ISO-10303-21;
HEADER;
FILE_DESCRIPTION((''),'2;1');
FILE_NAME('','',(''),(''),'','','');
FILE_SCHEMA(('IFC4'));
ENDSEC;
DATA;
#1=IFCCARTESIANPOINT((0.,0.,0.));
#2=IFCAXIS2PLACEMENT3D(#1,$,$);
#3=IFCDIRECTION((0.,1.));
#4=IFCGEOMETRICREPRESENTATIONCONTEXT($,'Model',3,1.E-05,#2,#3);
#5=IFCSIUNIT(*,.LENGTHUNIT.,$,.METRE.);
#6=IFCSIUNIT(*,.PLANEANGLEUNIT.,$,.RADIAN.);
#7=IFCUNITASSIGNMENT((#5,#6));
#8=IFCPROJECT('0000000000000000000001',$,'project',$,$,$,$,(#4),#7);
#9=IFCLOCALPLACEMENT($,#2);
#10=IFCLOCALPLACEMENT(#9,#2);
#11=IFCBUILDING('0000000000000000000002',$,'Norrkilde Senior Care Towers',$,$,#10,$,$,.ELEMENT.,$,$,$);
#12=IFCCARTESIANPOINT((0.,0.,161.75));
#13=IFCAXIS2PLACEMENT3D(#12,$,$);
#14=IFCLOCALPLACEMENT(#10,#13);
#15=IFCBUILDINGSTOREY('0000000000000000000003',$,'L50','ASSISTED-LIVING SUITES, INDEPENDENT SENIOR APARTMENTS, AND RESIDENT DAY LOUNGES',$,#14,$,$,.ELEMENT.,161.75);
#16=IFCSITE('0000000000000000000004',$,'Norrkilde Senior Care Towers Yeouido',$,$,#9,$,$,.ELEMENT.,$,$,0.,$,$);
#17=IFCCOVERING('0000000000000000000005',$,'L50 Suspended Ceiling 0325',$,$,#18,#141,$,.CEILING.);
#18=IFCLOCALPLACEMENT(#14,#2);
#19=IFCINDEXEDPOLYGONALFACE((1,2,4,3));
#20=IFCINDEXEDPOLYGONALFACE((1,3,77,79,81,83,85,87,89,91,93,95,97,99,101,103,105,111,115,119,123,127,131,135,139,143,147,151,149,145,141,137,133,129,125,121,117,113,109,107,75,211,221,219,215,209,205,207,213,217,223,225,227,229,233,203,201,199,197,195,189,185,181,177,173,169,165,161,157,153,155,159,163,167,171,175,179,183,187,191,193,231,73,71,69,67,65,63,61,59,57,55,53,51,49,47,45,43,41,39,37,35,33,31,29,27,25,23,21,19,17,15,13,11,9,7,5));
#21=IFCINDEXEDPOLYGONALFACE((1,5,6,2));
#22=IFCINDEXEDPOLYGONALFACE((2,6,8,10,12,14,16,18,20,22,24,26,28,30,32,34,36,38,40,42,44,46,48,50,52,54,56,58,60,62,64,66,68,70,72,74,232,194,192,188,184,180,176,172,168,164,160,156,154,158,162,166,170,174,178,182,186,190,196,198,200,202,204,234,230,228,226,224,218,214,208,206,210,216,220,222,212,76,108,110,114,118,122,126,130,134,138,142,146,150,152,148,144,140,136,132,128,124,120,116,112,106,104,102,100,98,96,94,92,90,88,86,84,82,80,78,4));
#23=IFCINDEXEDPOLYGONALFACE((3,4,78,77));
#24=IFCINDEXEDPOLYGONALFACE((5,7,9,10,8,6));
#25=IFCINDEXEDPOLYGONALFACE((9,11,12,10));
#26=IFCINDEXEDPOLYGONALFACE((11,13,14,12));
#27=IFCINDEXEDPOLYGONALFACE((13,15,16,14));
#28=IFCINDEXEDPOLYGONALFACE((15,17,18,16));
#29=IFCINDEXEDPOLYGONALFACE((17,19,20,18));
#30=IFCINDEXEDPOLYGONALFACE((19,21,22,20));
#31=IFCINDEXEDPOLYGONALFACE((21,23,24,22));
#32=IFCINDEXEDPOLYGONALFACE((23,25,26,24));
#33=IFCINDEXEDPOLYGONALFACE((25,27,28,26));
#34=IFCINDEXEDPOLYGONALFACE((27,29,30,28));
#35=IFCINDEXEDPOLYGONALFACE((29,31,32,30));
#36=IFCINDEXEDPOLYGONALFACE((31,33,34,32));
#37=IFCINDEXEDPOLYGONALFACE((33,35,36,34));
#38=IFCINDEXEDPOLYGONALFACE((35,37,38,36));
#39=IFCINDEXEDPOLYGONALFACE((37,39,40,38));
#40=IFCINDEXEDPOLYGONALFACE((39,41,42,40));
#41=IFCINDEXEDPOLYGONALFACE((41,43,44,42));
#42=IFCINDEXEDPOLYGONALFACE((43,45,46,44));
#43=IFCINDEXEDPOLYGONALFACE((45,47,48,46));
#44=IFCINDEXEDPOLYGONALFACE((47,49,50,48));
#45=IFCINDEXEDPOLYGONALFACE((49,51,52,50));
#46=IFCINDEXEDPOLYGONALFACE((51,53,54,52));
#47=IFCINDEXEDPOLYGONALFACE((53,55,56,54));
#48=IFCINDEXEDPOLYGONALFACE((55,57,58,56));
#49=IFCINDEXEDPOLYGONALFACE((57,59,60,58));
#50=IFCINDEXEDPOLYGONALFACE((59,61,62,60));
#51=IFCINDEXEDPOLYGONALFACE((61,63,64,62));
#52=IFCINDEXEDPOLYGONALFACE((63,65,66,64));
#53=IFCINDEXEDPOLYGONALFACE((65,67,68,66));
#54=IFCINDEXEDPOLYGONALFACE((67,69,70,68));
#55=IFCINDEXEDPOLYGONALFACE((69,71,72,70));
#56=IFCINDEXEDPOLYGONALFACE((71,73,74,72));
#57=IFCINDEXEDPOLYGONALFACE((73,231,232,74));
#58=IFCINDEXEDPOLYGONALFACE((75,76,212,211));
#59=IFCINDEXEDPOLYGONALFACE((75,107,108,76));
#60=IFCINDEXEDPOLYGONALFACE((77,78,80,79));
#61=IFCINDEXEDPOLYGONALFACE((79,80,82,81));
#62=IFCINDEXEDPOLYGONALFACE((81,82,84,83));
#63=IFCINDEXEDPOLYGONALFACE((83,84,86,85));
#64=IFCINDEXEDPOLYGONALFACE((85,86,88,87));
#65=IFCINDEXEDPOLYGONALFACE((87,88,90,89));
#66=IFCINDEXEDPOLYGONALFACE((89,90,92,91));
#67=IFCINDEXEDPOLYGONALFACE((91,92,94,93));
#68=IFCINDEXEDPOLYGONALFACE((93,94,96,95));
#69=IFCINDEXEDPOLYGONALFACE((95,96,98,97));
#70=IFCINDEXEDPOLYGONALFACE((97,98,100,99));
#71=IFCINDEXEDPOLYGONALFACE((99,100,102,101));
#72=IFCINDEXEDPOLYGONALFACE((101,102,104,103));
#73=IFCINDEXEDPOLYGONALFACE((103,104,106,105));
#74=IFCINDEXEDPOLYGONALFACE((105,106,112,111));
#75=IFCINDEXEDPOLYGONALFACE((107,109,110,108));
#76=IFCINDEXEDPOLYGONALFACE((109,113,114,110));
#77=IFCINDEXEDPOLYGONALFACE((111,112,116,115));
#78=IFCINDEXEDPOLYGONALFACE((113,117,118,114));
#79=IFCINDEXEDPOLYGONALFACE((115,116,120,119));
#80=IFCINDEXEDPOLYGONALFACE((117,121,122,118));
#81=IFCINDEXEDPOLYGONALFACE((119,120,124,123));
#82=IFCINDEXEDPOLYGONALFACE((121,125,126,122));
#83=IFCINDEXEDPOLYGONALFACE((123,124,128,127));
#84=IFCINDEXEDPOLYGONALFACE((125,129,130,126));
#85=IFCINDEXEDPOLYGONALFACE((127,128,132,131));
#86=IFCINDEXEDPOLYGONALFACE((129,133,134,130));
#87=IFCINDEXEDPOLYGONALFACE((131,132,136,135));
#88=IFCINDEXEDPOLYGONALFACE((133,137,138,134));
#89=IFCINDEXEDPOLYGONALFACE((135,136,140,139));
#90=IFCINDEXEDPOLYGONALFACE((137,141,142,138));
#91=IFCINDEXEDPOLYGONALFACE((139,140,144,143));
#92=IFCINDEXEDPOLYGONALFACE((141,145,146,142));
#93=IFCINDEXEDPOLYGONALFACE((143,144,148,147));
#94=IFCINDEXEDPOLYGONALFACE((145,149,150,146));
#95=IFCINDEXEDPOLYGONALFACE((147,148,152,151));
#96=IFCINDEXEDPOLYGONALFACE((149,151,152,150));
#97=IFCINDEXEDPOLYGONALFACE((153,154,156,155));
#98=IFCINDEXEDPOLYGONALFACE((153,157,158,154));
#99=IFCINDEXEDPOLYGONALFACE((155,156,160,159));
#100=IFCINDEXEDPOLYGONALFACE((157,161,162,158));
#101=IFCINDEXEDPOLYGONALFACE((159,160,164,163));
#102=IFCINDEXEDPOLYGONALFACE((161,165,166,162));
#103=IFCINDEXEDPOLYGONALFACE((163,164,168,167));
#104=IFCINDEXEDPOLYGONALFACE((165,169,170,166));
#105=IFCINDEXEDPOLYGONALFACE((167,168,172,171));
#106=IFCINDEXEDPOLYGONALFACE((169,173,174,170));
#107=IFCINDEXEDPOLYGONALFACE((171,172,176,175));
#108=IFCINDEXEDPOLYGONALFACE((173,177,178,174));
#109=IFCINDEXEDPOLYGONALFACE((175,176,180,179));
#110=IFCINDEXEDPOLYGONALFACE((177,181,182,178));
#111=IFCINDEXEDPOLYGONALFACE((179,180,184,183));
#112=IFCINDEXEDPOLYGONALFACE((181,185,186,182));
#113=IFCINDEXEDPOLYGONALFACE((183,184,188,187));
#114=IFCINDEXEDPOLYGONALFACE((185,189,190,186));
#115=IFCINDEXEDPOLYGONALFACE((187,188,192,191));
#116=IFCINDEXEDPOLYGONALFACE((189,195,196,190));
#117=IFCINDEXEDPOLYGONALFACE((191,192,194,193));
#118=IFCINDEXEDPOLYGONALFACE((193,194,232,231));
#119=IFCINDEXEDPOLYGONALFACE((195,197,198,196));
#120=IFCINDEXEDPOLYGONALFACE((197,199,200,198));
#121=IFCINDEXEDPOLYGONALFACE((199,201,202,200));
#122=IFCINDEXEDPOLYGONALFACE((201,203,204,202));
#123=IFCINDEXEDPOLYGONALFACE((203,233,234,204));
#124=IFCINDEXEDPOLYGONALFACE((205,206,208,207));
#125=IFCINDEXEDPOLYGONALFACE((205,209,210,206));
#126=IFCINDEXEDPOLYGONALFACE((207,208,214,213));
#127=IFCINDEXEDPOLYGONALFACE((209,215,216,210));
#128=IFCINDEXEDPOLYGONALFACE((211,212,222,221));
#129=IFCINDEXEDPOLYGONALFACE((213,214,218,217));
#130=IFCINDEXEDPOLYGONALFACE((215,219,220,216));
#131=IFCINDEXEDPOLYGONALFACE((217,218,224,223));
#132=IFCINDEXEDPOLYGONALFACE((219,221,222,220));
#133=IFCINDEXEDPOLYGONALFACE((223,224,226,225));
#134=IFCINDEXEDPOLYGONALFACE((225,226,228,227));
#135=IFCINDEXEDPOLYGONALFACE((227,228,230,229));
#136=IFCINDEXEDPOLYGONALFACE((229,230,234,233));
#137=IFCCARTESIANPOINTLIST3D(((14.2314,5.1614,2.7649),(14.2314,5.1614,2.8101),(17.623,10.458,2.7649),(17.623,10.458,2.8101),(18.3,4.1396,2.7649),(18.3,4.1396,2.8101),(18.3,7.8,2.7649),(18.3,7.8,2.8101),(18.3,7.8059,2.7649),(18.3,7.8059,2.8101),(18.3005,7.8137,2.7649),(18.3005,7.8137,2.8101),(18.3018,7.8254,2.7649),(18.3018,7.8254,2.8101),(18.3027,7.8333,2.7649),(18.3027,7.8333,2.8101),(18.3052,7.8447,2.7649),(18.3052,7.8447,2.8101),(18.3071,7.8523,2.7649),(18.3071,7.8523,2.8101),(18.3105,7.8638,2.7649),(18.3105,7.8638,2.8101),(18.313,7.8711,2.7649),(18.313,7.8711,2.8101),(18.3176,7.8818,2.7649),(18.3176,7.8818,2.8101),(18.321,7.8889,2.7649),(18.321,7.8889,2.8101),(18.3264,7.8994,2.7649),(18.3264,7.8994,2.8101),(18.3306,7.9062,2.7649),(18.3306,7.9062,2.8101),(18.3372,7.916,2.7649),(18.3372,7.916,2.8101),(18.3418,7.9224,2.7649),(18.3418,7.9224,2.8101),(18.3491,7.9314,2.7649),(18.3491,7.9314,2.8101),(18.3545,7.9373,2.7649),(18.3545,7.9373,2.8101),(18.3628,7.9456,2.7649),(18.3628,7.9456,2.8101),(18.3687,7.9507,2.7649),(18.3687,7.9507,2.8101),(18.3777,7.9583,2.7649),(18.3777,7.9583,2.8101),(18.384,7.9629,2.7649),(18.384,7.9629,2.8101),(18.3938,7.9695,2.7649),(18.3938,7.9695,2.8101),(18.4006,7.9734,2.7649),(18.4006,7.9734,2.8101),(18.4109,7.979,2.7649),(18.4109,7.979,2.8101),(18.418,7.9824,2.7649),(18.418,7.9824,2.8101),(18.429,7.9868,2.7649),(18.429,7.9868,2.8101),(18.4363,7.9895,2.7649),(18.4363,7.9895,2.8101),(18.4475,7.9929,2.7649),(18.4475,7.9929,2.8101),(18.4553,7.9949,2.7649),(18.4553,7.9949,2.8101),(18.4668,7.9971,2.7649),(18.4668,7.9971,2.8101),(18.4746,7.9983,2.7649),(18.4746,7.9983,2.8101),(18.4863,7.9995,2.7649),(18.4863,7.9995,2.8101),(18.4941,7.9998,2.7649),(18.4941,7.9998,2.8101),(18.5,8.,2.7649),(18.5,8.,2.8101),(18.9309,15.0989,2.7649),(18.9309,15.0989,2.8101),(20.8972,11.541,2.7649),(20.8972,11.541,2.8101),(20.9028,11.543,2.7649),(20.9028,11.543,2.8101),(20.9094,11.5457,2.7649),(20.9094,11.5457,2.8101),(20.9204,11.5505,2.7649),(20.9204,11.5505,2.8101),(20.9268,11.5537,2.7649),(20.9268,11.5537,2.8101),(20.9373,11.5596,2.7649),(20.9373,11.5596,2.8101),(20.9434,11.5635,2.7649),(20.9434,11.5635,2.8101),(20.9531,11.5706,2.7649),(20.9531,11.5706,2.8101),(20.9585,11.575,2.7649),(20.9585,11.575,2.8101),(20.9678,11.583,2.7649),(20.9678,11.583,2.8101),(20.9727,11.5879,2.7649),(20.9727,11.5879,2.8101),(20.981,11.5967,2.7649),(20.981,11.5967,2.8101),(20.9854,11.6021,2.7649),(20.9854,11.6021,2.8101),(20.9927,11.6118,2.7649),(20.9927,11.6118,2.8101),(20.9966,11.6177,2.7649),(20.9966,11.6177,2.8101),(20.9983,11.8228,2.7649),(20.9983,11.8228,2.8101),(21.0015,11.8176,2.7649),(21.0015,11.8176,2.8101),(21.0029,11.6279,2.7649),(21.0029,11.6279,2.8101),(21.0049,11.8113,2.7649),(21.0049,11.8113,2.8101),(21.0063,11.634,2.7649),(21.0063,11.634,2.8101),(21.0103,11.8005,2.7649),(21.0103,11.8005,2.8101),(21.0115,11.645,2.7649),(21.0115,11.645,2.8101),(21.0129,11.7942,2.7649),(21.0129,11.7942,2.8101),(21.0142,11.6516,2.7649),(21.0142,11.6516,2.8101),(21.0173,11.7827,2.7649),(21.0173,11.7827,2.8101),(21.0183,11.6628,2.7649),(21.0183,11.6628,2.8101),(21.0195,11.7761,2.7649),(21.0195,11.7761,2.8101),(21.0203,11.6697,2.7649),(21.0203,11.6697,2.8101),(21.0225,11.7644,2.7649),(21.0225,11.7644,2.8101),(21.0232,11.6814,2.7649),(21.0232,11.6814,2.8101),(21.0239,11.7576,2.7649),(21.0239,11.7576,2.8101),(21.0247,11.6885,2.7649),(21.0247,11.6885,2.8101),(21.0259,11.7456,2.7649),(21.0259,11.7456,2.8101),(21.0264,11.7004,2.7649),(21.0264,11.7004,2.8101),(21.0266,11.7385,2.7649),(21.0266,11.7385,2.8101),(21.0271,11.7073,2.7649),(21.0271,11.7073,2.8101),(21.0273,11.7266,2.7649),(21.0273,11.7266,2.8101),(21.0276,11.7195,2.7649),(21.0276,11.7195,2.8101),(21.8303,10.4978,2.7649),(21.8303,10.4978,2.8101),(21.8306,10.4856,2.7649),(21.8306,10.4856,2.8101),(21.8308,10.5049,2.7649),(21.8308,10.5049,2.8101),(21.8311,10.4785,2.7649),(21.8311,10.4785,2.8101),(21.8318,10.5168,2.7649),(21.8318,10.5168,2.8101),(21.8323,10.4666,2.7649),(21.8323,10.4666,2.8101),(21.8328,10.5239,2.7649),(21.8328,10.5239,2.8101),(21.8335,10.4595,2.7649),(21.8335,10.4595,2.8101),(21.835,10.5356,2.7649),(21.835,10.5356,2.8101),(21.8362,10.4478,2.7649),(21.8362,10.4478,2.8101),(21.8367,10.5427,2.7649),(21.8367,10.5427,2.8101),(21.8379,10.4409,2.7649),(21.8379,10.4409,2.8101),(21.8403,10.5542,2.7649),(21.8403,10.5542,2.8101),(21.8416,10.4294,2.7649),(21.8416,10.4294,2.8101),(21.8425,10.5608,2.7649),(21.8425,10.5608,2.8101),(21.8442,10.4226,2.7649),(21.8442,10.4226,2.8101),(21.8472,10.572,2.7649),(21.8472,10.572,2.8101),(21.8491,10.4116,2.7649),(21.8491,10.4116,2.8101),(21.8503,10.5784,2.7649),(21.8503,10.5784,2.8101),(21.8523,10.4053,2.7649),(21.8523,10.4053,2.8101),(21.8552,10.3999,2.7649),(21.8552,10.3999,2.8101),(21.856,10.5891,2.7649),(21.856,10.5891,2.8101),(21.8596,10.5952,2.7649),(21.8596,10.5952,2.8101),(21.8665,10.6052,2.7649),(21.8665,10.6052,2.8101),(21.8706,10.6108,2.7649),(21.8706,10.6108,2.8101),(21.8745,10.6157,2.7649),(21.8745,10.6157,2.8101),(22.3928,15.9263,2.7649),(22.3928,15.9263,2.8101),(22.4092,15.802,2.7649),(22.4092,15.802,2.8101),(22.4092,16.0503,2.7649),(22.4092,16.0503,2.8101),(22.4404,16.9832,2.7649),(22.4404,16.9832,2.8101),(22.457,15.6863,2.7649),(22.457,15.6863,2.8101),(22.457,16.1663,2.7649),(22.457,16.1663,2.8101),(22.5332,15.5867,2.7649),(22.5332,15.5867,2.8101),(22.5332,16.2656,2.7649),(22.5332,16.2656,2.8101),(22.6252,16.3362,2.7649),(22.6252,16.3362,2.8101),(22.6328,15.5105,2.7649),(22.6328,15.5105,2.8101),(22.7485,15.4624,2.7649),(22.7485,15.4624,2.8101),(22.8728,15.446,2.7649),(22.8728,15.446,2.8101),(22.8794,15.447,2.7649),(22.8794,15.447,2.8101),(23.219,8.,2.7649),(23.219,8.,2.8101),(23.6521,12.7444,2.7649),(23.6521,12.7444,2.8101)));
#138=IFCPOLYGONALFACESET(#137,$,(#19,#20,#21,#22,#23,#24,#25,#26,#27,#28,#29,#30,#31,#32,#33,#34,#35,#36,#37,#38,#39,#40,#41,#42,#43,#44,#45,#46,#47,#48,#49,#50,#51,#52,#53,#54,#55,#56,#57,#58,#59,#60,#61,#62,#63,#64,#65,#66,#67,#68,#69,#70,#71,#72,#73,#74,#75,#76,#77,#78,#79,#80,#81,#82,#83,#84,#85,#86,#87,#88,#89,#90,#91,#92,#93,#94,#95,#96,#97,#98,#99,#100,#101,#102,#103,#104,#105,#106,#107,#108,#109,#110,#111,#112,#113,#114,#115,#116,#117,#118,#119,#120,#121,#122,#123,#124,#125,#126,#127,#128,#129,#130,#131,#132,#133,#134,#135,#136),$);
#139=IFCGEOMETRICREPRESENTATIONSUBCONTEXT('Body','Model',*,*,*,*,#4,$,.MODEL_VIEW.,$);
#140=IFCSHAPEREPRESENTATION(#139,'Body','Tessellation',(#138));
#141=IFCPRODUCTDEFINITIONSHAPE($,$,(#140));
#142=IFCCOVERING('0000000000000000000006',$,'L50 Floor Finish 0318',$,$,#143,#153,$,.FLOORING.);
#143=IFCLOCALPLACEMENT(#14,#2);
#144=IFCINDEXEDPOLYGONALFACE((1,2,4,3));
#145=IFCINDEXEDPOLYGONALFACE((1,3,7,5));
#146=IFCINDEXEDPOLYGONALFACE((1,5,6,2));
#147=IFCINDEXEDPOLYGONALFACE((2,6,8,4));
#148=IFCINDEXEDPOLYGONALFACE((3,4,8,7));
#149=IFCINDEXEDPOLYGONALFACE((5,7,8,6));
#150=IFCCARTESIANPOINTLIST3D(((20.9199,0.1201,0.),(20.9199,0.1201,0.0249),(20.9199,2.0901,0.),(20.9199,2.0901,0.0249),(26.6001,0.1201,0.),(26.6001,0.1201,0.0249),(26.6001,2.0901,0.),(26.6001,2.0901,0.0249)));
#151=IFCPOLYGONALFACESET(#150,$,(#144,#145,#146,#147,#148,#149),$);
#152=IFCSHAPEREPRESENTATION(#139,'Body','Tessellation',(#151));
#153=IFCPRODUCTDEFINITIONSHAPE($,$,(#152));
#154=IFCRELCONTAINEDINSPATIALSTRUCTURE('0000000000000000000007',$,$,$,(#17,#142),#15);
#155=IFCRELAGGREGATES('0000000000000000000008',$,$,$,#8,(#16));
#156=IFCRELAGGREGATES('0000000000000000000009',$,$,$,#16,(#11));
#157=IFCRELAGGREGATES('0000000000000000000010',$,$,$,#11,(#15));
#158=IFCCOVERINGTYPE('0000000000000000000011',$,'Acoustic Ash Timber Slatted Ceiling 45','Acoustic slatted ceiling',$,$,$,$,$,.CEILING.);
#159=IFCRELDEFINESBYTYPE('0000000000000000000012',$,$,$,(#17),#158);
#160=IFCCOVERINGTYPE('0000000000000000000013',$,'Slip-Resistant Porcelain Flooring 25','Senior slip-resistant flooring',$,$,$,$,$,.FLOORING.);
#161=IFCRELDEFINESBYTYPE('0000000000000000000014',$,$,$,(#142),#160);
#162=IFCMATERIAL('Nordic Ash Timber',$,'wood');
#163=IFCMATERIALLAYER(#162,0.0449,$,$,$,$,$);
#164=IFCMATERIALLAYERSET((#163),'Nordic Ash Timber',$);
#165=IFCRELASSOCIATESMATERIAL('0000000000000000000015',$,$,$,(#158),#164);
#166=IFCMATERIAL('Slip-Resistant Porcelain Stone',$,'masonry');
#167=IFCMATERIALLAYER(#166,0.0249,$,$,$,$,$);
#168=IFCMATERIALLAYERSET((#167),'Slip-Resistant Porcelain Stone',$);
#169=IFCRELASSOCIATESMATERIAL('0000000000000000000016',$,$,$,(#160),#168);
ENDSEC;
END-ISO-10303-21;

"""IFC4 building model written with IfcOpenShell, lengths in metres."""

from ifc_helpers import new_model, si_unit, direction, frame, origin, place, context, subcontext, project, spatial, polyline, outline, extrude, material, layer, layer_set, type_object, element, save


model = new_model("IFC4")

# Units and contexts
model_context = context("Model", 3, precision=1e-05, world=origin(), true_north=direction((0.0, 1.0)))
body_context = subcontext(model_context, "Body", "Model", "MODEL_VIEW")
ifc_project = project(units=[si_unit("LENGTHUNIT", "METRE"), si_unit("PLANEANGLEUNIT", "RADIAN")], contexts=[model_context])

# Site, building, storey
site_placement = place(None, origin())
site = spatial("IfcSite", under=ifc_project, at=site_placement, Name="Norrkilde Senior Care Towers Yeouido", CompositionType="ELEMENT", RefElevation=0.0)
building_placement = place(site_placement, origin())
building = spatial("IfcBuilding", under=site, at=building_placement, Name="Norrkilde Senior Care Towers", CompositionType="ELEMENT")
storey_placement = place(building_placement, frame((0.0, 0.0, 161.75)))
storey = spatial("IfcBuildingStorey", under=building, at=storey_placement, Name="L50", Description="ASSISTED-LIVING SUITES, INDEPENDENT SENIOR APARTMENTS, AND RESIDENT DAY LOUNGES", CompositionType="ELEMENT", Elevation=161.75)

# Coverings
ifc_material_1 = material(Name="Nordic Ash Timber", Category="wood")
ifc_layer_1 = layer(ifc_material_1, 0.0449)
ifc_layer_set_1 = layer_set([ifc_layer_1], Name="Nordic Ash Timber")
covering_type_1 = type_object("IfcCoveringType", Name="Acoustic Ash Timber Slatted Ceiling 45", Description="Acoustic slatted ceiling", PredefinedType="CEILING", material=ifc_layer_set_1)
covering_1_placement = place(storey_placement, frame((0.0, 0.0, 2.7649)))
element("IfcCovering", 1, at=covering_1_placement, inside=storey, type_object=covering_type_1, Name="L50 Suspended Ceiling 0325", PredefinedType="CEILING", context=body_context, shape_type="SweptSolid", body=[
    extrude(outline(polyline([(20.9373, 11.5596), (20.9434, 11.5635), (20.9531, 11.5706), (20.9585, 11.575), (20.9678, 11.583), (20.9727, 11.5879), (20.981, 11.5967), (20.9854, 11.6021), (20.9927, 11.6118), (20.9966, 11.6177), (21.0029, 11.6279), (21.0063, 11.634), (21.0115, 11.645), (21.0142, 11.6516), (21.0183, 11.6628), (21.0203, 11.6697), (21.0232, 11.6814), (21.0247, 11.6885), (21.0264, 11.7004), (21.0271, 11.7073), (21.0276, 11.7195), (21.0273, 11.7266), (21.0266, 11.7385), (21.0259, 11.7456), (21.0239, 11.7576), (21.0225, 11.7644), (21.0195, 11.7761), (21.0173, 11.7827), (21.0129, 11.7942), (21.0103, 11.8005), (21.0049, 11.8113), (21.0015, 11.8176), (20.9983, 11.8228), (18.9309, 15.0989), (22.4404, 16.9832), (22.6252, 16.3362), (22.5332, 16.2656), (22.457, 16.1663), (22.4092, 16.0503), (22.3928, 15.9263), (22.4092, 15.802), (22.457, 15.6863), (22.5332, 15.5867), (22.6328, 15.5105), (22.7485, 15.4624), (22.8728, 15.446), (22.8794, 15.447), (23.6521, 12.7444), (21.8745, 10.6157), (21.8706, 10.6108), (21.8665, 10.6052), (21.8596, 10.5952), (21.856, 10.5891), (21.8503, 10.5784), (21.8472, 10.572), (21.8425, 10.5608), (21.8403, 10.5542), (21.8367, 10.5427), (21.835, 10.5356), (21.8328, 10.5239), (21.8318, 10.5168), (21.8308, 10.5049), (21.8303, 10.4978), (21.8306, 10.4856), (21.8311, 10.4785), (21.8323, 10.4666), (21.8335, 10.4595), (21.8362, 10.4478), (21.8379, 10.4409), (21.8416, 10.4294), (21.8442, 10.4226), (21.8491, 10.4116), (21.8523, 10.4053), (21.8552, 10.3999), (23.219, 8.0), (18.5, 8.0), (18.4941, 7.9998), (18.4863, 7.9995), (18.4746, 7.9983), (18.4668, 7.9971), (18.4553, 7.9949), (18.4475, 7.9929), (18.4363, 7.9895), (18.429, 7.9868), (18.418, 7.9824), (18.4109, 7.979), (18.4006, 7.9734), (18.3938, 7.9695), (18.384, 7.9629), (18.3777, 7.9583), (18.3687, 7.9507), (18.3628, 7.9456), (18.3545, 7.9373), (18.3491, 7.9314), (18.3418, 7.9224), (18.3372, 7.916), (18.3306, 7.9062), (18.3264, 7.8994), (18.321, 7.8889), (18.3176, 7.8818), (18.313, 7.8711), (18.3105, 7.8638), (18.3071, 7.8523), (18.3052, 7.8447), (18.3027, 7.8333), (18.3018, 7.8254), (18.3005, 7.8137), (18.3, 7.8059), (18.3, 7.8), (18.3, 4.1396), (14.2314, 5.1614), (17.623, 10.458), (20.8972, 11.541), (20.9028, 11.543), (20.9094, 11.5457), (20.9204, 11.5505), (20.9268, 11.5537), (20.9373, 11.5596)])), origin(), (0.0, 0.0, 1.0), 0.0452),
])
ifc_material_2 = material(Name="Slip-Resistant Porcelain Stone", Category="masonry")
ifc_layer_2 = layer(ifc_material_2, 0.0249)
ifc_layer_set_2 = layer_set([ifc_layer_2], Name="Slip-Resistant Porcelain Stone")
covering_type_2 = type_object("IfcCoveringType", Name="Slip-Resistant Porcelain Flooring 25", Description="Senior slip-resistant flooring", PredefinedType="FLOORING", material=ifc_layer_set_2)
covering_2_placement = place(storey_placement, origin())
element("IfcCovering", 2, at=covering_2_placement, inside=storey, type_object=covering_type_2, Name="L50 Floor Finish 0318", PredefinedType="FLOORING", context=body_context, shape_type="SweptSolid", body=[
    extrude(outline(polyline([(20.9199, 0.1201), (20.9199, 2.0901), (26.6001, 2.0901), (26.6001, 0.1201), (20.9199, 0.1201)])), origin(), (0.0, 0.0, 1.0), 0.0249),
])

save(model, "model.ifc")
